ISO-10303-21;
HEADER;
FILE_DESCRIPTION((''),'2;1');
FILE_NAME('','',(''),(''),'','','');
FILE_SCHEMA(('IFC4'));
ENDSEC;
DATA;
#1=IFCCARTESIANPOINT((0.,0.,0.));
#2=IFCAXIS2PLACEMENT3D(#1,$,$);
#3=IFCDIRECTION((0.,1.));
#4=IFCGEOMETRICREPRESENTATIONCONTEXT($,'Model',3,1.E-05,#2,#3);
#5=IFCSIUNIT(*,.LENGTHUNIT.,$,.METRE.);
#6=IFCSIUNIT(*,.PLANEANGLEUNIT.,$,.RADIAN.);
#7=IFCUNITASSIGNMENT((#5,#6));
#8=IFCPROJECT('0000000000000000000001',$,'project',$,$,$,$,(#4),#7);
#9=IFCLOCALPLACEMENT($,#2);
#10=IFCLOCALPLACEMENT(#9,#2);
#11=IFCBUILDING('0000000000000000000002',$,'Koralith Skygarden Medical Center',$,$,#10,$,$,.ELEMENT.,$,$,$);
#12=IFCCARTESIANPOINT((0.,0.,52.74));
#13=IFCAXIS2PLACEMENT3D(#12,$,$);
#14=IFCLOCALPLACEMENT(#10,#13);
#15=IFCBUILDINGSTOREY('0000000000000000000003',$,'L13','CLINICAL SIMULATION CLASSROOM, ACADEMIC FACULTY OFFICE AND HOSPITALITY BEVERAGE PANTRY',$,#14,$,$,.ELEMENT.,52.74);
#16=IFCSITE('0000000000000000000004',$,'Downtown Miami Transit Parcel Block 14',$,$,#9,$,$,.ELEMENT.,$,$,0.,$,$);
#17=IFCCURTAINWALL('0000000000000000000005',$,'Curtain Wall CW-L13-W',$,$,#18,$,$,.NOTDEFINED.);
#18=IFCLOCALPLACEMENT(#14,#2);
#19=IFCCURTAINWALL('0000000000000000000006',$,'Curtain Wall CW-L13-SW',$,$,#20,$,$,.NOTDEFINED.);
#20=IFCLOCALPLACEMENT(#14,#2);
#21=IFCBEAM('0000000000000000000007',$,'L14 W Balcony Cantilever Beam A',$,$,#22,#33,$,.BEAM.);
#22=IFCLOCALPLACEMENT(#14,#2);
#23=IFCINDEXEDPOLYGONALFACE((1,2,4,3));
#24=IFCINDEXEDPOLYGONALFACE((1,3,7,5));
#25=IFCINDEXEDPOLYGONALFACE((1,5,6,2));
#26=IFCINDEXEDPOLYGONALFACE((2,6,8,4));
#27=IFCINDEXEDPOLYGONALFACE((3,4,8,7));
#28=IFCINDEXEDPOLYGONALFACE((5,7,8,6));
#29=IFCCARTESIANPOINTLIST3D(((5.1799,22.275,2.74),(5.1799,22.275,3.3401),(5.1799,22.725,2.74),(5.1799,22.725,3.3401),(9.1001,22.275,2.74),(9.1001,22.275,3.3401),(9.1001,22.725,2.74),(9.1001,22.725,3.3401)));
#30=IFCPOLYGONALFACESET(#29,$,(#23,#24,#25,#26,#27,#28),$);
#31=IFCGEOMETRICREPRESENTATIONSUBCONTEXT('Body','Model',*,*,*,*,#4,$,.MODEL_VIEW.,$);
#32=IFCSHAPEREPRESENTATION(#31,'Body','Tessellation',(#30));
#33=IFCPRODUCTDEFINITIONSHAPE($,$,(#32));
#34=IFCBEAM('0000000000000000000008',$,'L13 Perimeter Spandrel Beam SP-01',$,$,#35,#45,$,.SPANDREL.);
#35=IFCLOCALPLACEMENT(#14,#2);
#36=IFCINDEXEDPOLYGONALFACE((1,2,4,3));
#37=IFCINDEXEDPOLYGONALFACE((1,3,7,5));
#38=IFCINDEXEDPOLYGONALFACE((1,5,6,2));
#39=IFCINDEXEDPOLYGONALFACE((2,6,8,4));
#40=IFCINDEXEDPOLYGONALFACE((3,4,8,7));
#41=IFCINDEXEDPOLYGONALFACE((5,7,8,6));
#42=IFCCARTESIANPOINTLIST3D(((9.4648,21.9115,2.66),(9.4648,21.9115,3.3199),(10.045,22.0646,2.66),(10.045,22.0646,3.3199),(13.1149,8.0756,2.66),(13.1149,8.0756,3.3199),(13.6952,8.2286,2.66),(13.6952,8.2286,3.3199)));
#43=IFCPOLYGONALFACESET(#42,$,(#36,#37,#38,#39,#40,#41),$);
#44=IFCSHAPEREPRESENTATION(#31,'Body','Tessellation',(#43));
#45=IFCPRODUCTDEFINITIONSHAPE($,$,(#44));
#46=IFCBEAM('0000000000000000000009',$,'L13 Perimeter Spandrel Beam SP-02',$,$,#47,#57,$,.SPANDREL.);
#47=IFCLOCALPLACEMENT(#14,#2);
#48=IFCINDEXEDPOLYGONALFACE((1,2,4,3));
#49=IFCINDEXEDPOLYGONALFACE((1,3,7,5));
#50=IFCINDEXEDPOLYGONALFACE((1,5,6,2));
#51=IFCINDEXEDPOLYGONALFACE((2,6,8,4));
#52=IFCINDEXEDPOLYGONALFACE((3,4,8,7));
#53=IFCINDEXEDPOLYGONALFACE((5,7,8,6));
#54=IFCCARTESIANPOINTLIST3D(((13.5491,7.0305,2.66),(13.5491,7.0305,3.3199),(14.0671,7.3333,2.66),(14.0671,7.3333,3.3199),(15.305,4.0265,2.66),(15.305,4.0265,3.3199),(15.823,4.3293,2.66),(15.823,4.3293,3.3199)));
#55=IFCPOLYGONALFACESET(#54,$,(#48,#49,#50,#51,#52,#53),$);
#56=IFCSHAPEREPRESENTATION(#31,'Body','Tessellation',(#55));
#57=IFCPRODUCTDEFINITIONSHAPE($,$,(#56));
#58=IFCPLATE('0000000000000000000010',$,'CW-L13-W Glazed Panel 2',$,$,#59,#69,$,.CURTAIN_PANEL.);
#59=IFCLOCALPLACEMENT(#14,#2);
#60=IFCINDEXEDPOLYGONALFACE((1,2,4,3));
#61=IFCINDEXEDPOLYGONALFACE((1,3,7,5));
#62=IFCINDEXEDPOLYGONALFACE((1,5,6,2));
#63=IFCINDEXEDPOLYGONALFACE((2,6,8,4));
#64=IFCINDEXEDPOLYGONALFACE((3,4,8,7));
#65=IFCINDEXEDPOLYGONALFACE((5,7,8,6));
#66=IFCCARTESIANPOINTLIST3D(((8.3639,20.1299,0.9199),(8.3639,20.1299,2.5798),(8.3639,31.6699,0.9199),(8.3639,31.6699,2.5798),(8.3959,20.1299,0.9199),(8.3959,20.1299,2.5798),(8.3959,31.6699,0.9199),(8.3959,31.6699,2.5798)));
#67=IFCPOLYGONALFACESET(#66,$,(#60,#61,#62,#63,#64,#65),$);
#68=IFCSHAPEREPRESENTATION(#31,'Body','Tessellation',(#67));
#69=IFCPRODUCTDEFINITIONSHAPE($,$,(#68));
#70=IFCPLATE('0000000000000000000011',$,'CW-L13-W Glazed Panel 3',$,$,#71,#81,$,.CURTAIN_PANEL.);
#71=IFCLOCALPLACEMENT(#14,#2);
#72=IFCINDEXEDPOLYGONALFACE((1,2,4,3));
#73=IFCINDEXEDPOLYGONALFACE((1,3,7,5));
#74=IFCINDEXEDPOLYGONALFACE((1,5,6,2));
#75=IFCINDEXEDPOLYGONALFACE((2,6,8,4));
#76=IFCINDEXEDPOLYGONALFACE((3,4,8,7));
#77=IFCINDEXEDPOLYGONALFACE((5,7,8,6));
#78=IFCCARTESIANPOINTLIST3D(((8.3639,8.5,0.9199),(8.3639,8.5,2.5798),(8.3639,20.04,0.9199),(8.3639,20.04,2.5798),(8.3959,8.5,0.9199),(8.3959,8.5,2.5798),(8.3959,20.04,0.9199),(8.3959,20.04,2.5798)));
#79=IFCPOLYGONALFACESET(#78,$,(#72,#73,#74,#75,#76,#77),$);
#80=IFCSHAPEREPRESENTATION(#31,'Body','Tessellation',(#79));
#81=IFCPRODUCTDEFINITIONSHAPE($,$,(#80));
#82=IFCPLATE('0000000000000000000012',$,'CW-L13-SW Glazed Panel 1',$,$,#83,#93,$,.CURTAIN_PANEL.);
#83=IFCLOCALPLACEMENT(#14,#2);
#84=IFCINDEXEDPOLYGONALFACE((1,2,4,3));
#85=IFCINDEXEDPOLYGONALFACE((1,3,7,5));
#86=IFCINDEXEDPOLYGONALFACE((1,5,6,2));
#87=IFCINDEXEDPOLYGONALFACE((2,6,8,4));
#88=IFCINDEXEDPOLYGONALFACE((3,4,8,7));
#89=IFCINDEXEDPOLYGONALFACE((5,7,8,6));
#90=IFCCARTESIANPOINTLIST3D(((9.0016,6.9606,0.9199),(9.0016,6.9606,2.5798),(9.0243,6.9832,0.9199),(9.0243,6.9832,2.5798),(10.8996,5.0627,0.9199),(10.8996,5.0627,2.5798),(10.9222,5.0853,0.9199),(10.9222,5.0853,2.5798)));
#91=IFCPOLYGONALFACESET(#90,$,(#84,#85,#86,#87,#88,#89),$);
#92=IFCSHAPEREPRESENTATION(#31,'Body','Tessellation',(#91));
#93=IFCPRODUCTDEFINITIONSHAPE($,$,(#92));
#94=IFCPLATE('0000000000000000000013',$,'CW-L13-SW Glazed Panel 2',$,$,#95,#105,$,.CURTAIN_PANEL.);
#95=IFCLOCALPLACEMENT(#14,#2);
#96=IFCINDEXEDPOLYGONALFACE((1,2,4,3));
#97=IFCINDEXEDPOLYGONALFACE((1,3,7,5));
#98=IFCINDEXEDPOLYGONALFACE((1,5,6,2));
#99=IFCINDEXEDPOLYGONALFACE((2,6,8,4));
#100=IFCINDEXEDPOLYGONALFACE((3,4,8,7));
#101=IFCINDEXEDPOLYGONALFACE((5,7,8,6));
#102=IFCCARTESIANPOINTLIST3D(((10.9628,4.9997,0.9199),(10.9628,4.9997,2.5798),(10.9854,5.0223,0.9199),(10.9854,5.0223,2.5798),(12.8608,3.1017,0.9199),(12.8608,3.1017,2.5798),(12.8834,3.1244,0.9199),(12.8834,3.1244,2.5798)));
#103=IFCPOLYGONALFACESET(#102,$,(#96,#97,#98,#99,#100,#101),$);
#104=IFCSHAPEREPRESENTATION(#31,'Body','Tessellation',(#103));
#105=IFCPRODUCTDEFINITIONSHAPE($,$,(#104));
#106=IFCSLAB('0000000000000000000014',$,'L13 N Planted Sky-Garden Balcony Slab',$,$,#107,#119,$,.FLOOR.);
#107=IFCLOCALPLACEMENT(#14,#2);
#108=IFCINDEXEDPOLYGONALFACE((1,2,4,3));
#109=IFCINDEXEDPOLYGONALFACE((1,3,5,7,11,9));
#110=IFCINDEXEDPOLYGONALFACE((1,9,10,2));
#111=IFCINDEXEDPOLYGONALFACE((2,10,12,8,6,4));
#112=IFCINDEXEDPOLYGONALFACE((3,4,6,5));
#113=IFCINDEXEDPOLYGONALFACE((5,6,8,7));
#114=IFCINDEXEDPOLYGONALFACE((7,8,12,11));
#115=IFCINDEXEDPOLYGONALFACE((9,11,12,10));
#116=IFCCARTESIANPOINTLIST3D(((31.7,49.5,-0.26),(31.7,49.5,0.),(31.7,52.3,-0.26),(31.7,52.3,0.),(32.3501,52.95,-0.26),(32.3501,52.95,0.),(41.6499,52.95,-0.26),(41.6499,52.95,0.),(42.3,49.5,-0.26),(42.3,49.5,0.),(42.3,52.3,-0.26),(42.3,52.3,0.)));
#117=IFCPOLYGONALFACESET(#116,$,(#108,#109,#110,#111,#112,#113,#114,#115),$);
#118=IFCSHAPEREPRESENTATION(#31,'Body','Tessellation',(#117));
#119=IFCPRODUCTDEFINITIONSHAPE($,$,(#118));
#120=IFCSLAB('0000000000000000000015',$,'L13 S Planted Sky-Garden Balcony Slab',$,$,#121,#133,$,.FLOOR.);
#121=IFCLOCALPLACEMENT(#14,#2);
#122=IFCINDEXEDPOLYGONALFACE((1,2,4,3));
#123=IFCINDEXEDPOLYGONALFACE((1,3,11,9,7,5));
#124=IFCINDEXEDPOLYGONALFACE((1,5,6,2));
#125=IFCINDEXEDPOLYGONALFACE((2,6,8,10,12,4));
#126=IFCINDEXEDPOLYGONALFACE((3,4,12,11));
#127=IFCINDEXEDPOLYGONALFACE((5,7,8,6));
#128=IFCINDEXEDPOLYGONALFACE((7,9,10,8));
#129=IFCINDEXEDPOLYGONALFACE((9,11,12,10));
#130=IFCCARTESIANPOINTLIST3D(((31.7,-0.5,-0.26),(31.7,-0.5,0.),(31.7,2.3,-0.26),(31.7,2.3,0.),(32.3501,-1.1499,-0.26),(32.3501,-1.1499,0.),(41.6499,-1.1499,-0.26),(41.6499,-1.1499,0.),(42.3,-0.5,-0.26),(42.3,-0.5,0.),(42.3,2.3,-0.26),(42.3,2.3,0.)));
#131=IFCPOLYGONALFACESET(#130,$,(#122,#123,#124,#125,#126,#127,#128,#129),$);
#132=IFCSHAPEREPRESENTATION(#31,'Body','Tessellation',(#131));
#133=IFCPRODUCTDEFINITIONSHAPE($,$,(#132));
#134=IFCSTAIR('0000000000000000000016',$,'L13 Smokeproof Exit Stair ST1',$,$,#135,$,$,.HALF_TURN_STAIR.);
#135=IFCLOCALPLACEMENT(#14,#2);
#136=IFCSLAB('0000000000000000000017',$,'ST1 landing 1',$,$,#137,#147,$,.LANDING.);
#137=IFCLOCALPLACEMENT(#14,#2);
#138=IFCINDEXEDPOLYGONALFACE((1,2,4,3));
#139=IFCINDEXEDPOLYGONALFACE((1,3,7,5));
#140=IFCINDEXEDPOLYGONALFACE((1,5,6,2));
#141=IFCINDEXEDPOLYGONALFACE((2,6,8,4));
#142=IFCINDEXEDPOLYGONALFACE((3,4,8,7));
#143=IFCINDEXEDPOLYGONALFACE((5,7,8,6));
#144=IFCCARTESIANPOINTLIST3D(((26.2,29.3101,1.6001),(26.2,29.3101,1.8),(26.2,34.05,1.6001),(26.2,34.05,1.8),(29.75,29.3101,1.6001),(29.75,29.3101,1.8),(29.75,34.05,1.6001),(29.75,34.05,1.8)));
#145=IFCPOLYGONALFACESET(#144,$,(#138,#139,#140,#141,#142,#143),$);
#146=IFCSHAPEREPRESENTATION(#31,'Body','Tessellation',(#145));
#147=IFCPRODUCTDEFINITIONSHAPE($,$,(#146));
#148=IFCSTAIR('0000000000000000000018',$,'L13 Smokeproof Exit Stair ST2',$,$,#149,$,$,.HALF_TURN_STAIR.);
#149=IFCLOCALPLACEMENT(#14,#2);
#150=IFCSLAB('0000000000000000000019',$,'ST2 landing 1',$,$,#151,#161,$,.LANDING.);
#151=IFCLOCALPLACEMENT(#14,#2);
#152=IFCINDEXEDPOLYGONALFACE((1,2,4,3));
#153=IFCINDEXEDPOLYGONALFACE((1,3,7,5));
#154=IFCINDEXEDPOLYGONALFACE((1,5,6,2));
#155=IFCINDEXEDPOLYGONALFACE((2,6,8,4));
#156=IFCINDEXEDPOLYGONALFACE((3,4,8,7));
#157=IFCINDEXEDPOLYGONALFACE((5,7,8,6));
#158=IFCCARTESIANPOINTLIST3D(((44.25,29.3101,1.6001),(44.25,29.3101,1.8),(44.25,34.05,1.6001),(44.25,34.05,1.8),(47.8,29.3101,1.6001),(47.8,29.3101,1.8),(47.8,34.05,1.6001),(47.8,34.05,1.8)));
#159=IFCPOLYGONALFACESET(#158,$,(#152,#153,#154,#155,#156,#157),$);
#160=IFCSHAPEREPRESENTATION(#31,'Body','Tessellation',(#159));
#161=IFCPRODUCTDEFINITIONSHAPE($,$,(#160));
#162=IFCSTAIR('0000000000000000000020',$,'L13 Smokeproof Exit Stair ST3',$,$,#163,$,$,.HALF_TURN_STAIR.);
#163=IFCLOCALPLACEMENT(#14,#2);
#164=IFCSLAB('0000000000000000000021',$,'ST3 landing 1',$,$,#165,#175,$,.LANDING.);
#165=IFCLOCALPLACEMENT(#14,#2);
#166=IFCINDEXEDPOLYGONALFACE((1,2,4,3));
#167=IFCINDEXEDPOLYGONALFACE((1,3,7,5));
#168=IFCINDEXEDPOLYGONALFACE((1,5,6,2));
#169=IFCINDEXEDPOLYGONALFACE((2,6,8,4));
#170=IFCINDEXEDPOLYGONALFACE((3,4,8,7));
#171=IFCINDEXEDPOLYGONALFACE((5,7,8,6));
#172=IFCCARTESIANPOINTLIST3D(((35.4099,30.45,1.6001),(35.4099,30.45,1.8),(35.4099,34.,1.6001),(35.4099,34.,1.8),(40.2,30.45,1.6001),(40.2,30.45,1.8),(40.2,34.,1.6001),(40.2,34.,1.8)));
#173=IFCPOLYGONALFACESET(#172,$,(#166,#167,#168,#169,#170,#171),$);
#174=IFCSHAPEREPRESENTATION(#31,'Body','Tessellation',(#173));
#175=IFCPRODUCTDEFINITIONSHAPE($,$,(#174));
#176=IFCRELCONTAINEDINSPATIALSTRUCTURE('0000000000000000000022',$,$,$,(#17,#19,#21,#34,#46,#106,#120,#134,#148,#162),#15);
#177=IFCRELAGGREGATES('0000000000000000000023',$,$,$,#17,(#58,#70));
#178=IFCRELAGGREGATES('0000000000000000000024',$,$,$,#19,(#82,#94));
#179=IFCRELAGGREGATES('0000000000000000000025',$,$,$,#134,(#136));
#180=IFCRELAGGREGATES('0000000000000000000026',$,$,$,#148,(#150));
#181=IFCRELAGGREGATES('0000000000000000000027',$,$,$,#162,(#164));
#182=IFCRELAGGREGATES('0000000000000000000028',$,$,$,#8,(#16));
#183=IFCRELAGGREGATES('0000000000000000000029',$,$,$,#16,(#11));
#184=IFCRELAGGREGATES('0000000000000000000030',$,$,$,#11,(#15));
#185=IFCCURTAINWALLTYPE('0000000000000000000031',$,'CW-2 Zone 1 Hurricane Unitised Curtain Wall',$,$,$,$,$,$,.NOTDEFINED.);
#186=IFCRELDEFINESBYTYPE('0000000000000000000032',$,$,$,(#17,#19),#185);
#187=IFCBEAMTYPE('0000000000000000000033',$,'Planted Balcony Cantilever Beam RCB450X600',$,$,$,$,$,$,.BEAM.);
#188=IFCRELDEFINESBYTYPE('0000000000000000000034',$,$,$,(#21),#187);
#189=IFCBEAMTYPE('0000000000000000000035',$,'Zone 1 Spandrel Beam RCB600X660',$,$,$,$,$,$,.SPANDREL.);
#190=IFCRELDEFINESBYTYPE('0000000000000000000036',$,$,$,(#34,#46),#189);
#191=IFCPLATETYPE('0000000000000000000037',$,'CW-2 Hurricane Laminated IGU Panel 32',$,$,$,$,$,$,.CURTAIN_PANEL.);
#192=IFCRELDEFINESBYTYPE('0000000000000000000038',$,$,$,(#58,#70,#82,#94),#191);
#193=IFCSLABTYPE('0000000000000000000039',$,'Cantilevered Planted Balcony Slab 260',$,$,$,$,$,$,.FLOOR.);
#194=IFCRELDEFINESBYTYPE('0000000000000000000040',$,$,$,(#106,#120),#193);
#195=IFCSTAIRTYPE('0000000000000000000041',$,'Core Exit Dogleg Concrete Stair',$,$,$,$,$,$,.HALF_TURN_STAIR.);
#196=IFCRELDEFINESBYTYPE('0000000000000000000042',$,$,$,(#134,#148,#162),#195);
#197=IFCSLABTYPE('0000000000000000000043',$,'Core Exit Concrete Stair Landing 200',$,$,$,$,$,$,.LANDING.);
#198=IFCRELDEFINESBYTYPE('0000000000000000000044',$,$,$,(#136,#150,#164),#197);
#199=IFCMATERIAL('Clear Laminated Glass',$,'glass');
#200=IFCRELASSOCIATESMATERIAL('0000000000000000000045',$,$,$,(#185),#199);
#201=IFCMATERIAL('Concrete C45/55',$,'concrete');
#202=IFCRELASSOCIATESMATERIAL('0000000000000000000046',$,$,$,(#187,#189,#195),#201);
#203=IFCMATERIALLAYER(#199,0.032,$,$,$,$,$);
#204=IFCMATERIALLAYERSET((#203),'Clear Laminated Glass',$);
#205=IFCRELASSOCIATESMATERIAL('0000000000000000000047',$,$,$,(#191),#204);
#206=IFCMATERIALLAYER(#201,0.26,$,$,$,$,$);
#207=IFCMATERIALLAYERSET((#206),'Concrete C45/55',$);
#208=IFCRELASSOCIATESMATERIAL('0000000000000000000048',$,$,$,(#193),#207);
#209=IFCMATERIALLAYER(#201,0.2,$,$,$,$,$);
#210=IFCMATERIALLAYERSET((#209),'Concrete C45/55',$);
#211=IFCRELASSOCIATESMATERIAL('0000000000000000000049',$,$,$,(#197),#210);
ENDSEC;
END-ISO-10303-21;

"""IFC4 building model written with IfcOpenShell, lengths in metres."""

from ifc_helpers import new_model, si_unit, direction, frame, origin, origin_2d, place, context, subcontext, project, spatial, polyline, rectangle, outline, extrude, material, layer, layer_set, material_profile, profile_set, type_object, element, aggregate, save


model = new_model("IFC4")

# Units and contexts
model_context = context("Model", 3, precision=1e-05, world=origin(), true_north=direction((0.0, 1.0)))
body_context = subcontext(model_context, "Body", "Model", "MODEL_VIEW")
ifc_project = project(units=[si_unit("LENGTHUNIT", "METRE"), si_unit("PLANEANGLEUNIT", "RADIAN")], contexts=[model_context])

# Site, building, storey
site_placement = place(None, origin())
site = spatial("IfcSite", under=ifc_project, at=site_placement, Name="Downtown Miami Transit Parcel Block 14", CompositionType="ELEMENT", RefElevation=0.0)
building_placement = place(site_placement, origin())
building = spatial("IfcBuilding", under=site, at=building_placement, Name="Koralith Skygarden Medical Center", CompositionType="ELEMENT")
storey_placement = place(building_placement, frame((0.0, 0.0, 52.74)))
storey = spatial("IfcBuildingStorey", under=building, at=storey_placement, Name="L13", Description="CLINICAL SIMULATION CLASSROOM, ACADEMIC FACULTY OFFICE AND HOSPITALITY BEVERAGE PANTRY", CompositionType="ELEMENT", Elevation=52.74)

# Shared definitions
ifc_material_1 = material(Name="Clear Laminated Glass", Category="glass")
curtain_wall_type = type_object("IfcCurtainWallType", Name="CW-2 Zone 1 Hurricane Unitised Curtain Wall", PredefinedType="NOTDEFINED", material=ifc_material_1)

# Curtain walls
curtain_wall_1_placement = place(storey_placement, origin())
curtain_wall_1 = element("IfcCurtainWall", 1, at=curtain_wall_1_placement, inside=storey, type_object=curtain_wall_type, Name="Curtain Wall CW-L13-W", PredefinedType="NOTDEFINED")
curtain_wall_2_placement = place(storey_placement, origin())
curtain_wall_2 = element("IfcCurtainWall", 2, at=curtain_wall_2_placement, inside=storey, type_object=curtain_wall_type, Name="Curtain Wall CW-L13-SW", PredefinedType="NOTDEFINED")

# Beams
ifc_material_2 = material(Name="Concrete C45/55", Category="concrete")
ifc_material_profile_1 = material_profile(ifc_material_2, rectangle(XDim=0.45, YDim=0.6001, at=origin_2d()), Name="RCB450X600")
ifc_profile_set_1 = profile_set([ifc_material_profile_1], Name="Concrete C45/55")
beam_type_1 = type_object("IfcBeamType", Name="Planted Balcony Cantilever Beam RCB450X600", PredefinedType="BEAM", material=ifc_profile_set_1)
beam_1_placement = place(storey_placement, frame((9.1001, 22.5, 3.04), z_axis=(-1.0, 0.0, 0.0), x_axis=(0.0, -1.0, 0.0)))
element("IfcBeam", 3, at=beam_1_placement, inside=storey, type_object=beam_type_1, Name="L14 W Balcony Cantilever Beam A", PredefinedType="BEAM", context=body_context, shape_type="SweptSolid", body=[
    extrude(rectangle(XDim=0.45, YDim=0.6001, at=origin_2d()), origin(), (0.0, 0.0, 1.0), 3.9202),
])
ifc_material_profile_2 = material_profile(ifc_material_2, rectangle(XDim=0.6001, YDim=0.6599, at=origin_2d()), Name="RCB600X660")
ifc_profile_set_2 = profile_set([ifc_material_profile_2], Name="Concrete C45/55")
beam_type_2 = type_object("IfcBeamType", Name="Zone 1 Spandrel Beam RCB600X660", PredefinedType="SPANDREL", material=ifc_profile_set_2)
beam_2_placement = place(storey_placement, frame((9.7549, 21.988, 2.99), z_axis=(0.255089, -0.966918, 0.0), x_axis=(0.966918, 0.255089, 0.0)))
element("IfcBeam", 4, at=beam_2_placement, inside=storey, type_object=beam_type_2, Name="L13 Perimeter Spandrel Beam SP-01", PredefinedType="SPANDREL", context=body_context, shape_type="SweptSolid", body=[
    extrude(rectangle(XDim=0.6001, YDim=0.6599, at=origin_2d()), origin(), (0.0, 0.0, 1.0), 14.3093),
])
beam_3_placement = place(storey_placement, frame((13.8081, 7.1819, 2.99), z_axis=(0.504639, -0.863331, 0.0), x_axis=(0.863331, 0.504639, 0.0)))
element("IfcBeam", 5, at=beam_3_placement, inside=storey, type_object=beam_type_2, Name="L13 Perimeter Spandrel Beam SP-02", PredefinedType="SPANDREL", context=body_context, shape_type="SweptSolid", body=[
    extrude(rectangle(XDim=0.6001, YDim=0.6599, at=origin_2d()), origin(), (0.0, 0.0, 1.0), 3.4795),
])

# Plates
ifc_layer_1 = layer(ifc_material_1, 0.032)
ifc_layer_set_1 = layer_set([ifc_layer_1], Name="Clear Laminated Glass")
plate_type_1 = type_object("IfcPlateType", Name="CW-2 Hurricane Laminated IGU Panel 32", PredefinedType="CURTAIN_PANEL", material=ifc_layer_set_1)
plate_1_placement = place(storey_placement, frame((8.3799, 25.8999, 0.9199), z_axis=(0.0, 0.0, 1.0), x_axis=(0.0, -1.0, 0.0)))
plate_1 = element("IfcPlate", 6, at=plate_1_placement, type_object=plate_type_1, Name="CW-L13-W Glazed Panel 2", PredefinedType="CURTAIN_PANEL", context=body_context, shape_type="SweptSolid", body=[
    extrude(rectangle(XDim=11.54, YDim=0.032, at=origin_2d()), origin(), (0.0, 0.0, 1.0), 1.6599),
])
plate_2_placement = place(storey_placement, frame((8.3799, 14.27, 0.9199), z_axis=(0.0, 0.0, 1.0), x_axis=(0.0, -1.0, 0.0)))
plate_2 = element("IfcPlate", 7, at=plate_2_placement, type_object=plate_type_1, Name="CW-L13-W Glazed Panel 3", PredefinedType="CURTAIN_PANEL", context=body_context, shape_type="SweptSolid", body=[
    extrude(rectangle(XDim=11.54, YDim=0.032, at=origin_2d()), origin(), (0.0, 0.0, 1.0), 1.6599),
])
aggregate(curtain_wall_1, [plate_1, plate_2])
plate_3_placement = place(storey_placement, frame((9.9619, 6.0229, 0.9199), z_axis=(0.0, 0.0, 1.0), x_axis=(0.707107, -0.707107, 0.0)))
plate_3 = element("IfcPlate", 8, at=plate_3_placement, type_object=plate_type_1, Name="CW-L13-SW Glazed Panel 1", PredefinedType="CURTAIN_PANEL", context=body_context, shape_type="SweptSolid", body=[
    extrude(rectangle(XDim=2.6841, YDim=0.032, at=origin_2d()), origin(), (0.0, 0.0, 1.0), 1.6599),
])
plate_4_placement = place(storey_placement, frame((11.9231, 4.062, 0.9199), z_axis=(0.0, 0.0, 1.0), x_axis=(0.707107, -0.707107, 0.0)))
plate_4 = element("IfcPlate", 9, at=plate_4_placement, type_object=plate_type_1, Name="CW-L13-SW Glazed Panel 2", PredefinedType="CURTAIN_PANEL", context=body_context, shape_type="SweptSolid", body=[
    extrude(rectangle(XDim=2.6841, YDim=0.032, at=origin_2d()), origin(), (0.0, 0.0, 1.0), 1.6599),
])
aggregate(curtain_wall_2, [plate_3, plate_4])

# Slabs
ifc_layer_2 = layer(ifc_material_2, 0.26)
ifc_layer_set_2 = layer_set([ifc_layer_2], Name="Concrete C45/55")
slab_type_1 = type_object("IfcSlabType", Name="Cantilevered Planted Balcony Slab 260", PredefinedType="FLOOR", material=ifc_layer_set_2)
slab_1_placement = place(storey_placement, frame((0.0, 0.0, -0.26)))
element("IfcSlab", 10, at=slab_1_placement, inside=storey, type_object=slab_type_1, Name="L13 N Planted Sky-Garden Balcony Slab", PredefinedType="FLOOR", context=body_context, shape_type="SweptSolid", body=[
    extrude(outline(polyline([(31.7, 49.5), (42.3, 49.5), (42.3, 52.3), (41.6499, 52.95), (32.3501, 52.95), (31.7, 52.3), (31.7, 49.5)])), origin(), (0.0, 0.0, 1.0), 0.26),
])
slab_2_placement = place(storey_placement, frame((0.0, 0.0, -0.26)))
element("IfcSlab", 11, at=slab_2_placement, inside=storey, type_object=slab_type_1, Name="L13 S Planted Sky-Garden Balcony Slab", PredefinedType="FLOOR", context=body_context, shape_type="SweptSolid", body=[
    extrude(outline(polyline([(32.3501, -1.1499), (41.6499, -1.1499), (42.3, -0.5), (42.3, 2.3), (31.7, 2.3), (31.7, -0.5), (32.3501, -1.1499)])), origin(), (0.0, 0.0, 1.0), 0.26),
])

# Stairs, slabs
stair_type = type_object("IfcStairType", Name="Core Exit Dogleg Concrete Stair", PredefinedType="HALF_TURN_STAIR", material=ifc_material_2)
stair_1_placement = place(storey_placement, origin())
stair_1 = element("IfcStair", 12, at=stair_1_placement, inside=storey, type_object=stair_type, Name="L13 Smokeproof Exit Stair ST1", PredefinedType="HALF_TURN_STAIR")
ifc_layer_3 = layer(ifc_material_2, 0.2)
ifc_layer_set_3 = layer_set([ifc_layer_3], Name="Concrete C45/55")
slab_type_2 = type_object("IfcSlabType", Name="Core Exit Concrete Stair Landing 200", PredefinedType="LANDING", material=ifc_layer_set_3)
slab_3_placement = place(storey_placement, frame((0.0, 0.0, 1.6001)))
slab_3 = element("IfcSlab", 13, at=slab_3_placement, type_object=slab_type_2, Name="ST1 landing 1", PredefinedType="LANDING", context=body_context, shape_type="SweptSolid", body=[
    extrude(outline(polyline([(29.75, 29.3101), (29.75, 34.05), (26.2, 34.05), (26.2, 29.3101), (29.75, 29.3101)])), origin(), (0.0, 0.0, 1.0), 0.2),
])
aggregate(stair_1, [slab_3])
stair_2_placement = place(storey_placement, origin())
stair_2 = element("IfcStair", 14, at=stair_2_placement, inside=storey, type_object=stair_type, Name="L13 Smokeproof Exit Stair ST2", PredefinedType="HALF_TURN_STAIR")
slab_4_placement = place(storey_placement, frame((0.0, 0.0, 1.6001)))
slab_4 = element("IfcSlab", 15, at=slab_4_placement, type_object=slab_type_2, Name="ST2 landing 1", PredefinedType="LANDING", context=body_context, shape_type="SweptSolid", body=[
    extrude(outline(polyline([(47.8, 29.3101), (47.8, 34.05), (44.25, 34.05), (44.25, 29.3101), (47.8, 29.3101)])), origin(), (0.0, 0.0, 1.0), 0.2),
])
aggregate(stair_2, [slab_4])
stair_3_placement = place(storey_placement, origin())
stair_3 = element("IfcStair", 16, at=stair_3_placement, inside=storey, type_object=stair_type, Name="L13 Smokeproof Exit Stair ST3", PredefinedType="HALF_TURN_STAIR")
slab_5_placement = place(storey_placement, frame((0.0, 0.0, 1.6001)))
slab_5 = element("IfcSlab", 17, at=slab_5_placement, type_object=slab_type_2, Name="ST3 landing 1", PredefinedType="LANDING", context=body_context, shape_type="SweptSolid", body=[
    extrude(outline(polyline([(35.4099, 30.45), (40.2, 30.45), (40.2, 34.0), (35.4099, 34.0), (35.4099, 30.45)])), origin(), (0.0, 0.0, 1.0), 0.2),
])
aggregate(stair_3, [slab_5])

save(model, "model.ifc")
